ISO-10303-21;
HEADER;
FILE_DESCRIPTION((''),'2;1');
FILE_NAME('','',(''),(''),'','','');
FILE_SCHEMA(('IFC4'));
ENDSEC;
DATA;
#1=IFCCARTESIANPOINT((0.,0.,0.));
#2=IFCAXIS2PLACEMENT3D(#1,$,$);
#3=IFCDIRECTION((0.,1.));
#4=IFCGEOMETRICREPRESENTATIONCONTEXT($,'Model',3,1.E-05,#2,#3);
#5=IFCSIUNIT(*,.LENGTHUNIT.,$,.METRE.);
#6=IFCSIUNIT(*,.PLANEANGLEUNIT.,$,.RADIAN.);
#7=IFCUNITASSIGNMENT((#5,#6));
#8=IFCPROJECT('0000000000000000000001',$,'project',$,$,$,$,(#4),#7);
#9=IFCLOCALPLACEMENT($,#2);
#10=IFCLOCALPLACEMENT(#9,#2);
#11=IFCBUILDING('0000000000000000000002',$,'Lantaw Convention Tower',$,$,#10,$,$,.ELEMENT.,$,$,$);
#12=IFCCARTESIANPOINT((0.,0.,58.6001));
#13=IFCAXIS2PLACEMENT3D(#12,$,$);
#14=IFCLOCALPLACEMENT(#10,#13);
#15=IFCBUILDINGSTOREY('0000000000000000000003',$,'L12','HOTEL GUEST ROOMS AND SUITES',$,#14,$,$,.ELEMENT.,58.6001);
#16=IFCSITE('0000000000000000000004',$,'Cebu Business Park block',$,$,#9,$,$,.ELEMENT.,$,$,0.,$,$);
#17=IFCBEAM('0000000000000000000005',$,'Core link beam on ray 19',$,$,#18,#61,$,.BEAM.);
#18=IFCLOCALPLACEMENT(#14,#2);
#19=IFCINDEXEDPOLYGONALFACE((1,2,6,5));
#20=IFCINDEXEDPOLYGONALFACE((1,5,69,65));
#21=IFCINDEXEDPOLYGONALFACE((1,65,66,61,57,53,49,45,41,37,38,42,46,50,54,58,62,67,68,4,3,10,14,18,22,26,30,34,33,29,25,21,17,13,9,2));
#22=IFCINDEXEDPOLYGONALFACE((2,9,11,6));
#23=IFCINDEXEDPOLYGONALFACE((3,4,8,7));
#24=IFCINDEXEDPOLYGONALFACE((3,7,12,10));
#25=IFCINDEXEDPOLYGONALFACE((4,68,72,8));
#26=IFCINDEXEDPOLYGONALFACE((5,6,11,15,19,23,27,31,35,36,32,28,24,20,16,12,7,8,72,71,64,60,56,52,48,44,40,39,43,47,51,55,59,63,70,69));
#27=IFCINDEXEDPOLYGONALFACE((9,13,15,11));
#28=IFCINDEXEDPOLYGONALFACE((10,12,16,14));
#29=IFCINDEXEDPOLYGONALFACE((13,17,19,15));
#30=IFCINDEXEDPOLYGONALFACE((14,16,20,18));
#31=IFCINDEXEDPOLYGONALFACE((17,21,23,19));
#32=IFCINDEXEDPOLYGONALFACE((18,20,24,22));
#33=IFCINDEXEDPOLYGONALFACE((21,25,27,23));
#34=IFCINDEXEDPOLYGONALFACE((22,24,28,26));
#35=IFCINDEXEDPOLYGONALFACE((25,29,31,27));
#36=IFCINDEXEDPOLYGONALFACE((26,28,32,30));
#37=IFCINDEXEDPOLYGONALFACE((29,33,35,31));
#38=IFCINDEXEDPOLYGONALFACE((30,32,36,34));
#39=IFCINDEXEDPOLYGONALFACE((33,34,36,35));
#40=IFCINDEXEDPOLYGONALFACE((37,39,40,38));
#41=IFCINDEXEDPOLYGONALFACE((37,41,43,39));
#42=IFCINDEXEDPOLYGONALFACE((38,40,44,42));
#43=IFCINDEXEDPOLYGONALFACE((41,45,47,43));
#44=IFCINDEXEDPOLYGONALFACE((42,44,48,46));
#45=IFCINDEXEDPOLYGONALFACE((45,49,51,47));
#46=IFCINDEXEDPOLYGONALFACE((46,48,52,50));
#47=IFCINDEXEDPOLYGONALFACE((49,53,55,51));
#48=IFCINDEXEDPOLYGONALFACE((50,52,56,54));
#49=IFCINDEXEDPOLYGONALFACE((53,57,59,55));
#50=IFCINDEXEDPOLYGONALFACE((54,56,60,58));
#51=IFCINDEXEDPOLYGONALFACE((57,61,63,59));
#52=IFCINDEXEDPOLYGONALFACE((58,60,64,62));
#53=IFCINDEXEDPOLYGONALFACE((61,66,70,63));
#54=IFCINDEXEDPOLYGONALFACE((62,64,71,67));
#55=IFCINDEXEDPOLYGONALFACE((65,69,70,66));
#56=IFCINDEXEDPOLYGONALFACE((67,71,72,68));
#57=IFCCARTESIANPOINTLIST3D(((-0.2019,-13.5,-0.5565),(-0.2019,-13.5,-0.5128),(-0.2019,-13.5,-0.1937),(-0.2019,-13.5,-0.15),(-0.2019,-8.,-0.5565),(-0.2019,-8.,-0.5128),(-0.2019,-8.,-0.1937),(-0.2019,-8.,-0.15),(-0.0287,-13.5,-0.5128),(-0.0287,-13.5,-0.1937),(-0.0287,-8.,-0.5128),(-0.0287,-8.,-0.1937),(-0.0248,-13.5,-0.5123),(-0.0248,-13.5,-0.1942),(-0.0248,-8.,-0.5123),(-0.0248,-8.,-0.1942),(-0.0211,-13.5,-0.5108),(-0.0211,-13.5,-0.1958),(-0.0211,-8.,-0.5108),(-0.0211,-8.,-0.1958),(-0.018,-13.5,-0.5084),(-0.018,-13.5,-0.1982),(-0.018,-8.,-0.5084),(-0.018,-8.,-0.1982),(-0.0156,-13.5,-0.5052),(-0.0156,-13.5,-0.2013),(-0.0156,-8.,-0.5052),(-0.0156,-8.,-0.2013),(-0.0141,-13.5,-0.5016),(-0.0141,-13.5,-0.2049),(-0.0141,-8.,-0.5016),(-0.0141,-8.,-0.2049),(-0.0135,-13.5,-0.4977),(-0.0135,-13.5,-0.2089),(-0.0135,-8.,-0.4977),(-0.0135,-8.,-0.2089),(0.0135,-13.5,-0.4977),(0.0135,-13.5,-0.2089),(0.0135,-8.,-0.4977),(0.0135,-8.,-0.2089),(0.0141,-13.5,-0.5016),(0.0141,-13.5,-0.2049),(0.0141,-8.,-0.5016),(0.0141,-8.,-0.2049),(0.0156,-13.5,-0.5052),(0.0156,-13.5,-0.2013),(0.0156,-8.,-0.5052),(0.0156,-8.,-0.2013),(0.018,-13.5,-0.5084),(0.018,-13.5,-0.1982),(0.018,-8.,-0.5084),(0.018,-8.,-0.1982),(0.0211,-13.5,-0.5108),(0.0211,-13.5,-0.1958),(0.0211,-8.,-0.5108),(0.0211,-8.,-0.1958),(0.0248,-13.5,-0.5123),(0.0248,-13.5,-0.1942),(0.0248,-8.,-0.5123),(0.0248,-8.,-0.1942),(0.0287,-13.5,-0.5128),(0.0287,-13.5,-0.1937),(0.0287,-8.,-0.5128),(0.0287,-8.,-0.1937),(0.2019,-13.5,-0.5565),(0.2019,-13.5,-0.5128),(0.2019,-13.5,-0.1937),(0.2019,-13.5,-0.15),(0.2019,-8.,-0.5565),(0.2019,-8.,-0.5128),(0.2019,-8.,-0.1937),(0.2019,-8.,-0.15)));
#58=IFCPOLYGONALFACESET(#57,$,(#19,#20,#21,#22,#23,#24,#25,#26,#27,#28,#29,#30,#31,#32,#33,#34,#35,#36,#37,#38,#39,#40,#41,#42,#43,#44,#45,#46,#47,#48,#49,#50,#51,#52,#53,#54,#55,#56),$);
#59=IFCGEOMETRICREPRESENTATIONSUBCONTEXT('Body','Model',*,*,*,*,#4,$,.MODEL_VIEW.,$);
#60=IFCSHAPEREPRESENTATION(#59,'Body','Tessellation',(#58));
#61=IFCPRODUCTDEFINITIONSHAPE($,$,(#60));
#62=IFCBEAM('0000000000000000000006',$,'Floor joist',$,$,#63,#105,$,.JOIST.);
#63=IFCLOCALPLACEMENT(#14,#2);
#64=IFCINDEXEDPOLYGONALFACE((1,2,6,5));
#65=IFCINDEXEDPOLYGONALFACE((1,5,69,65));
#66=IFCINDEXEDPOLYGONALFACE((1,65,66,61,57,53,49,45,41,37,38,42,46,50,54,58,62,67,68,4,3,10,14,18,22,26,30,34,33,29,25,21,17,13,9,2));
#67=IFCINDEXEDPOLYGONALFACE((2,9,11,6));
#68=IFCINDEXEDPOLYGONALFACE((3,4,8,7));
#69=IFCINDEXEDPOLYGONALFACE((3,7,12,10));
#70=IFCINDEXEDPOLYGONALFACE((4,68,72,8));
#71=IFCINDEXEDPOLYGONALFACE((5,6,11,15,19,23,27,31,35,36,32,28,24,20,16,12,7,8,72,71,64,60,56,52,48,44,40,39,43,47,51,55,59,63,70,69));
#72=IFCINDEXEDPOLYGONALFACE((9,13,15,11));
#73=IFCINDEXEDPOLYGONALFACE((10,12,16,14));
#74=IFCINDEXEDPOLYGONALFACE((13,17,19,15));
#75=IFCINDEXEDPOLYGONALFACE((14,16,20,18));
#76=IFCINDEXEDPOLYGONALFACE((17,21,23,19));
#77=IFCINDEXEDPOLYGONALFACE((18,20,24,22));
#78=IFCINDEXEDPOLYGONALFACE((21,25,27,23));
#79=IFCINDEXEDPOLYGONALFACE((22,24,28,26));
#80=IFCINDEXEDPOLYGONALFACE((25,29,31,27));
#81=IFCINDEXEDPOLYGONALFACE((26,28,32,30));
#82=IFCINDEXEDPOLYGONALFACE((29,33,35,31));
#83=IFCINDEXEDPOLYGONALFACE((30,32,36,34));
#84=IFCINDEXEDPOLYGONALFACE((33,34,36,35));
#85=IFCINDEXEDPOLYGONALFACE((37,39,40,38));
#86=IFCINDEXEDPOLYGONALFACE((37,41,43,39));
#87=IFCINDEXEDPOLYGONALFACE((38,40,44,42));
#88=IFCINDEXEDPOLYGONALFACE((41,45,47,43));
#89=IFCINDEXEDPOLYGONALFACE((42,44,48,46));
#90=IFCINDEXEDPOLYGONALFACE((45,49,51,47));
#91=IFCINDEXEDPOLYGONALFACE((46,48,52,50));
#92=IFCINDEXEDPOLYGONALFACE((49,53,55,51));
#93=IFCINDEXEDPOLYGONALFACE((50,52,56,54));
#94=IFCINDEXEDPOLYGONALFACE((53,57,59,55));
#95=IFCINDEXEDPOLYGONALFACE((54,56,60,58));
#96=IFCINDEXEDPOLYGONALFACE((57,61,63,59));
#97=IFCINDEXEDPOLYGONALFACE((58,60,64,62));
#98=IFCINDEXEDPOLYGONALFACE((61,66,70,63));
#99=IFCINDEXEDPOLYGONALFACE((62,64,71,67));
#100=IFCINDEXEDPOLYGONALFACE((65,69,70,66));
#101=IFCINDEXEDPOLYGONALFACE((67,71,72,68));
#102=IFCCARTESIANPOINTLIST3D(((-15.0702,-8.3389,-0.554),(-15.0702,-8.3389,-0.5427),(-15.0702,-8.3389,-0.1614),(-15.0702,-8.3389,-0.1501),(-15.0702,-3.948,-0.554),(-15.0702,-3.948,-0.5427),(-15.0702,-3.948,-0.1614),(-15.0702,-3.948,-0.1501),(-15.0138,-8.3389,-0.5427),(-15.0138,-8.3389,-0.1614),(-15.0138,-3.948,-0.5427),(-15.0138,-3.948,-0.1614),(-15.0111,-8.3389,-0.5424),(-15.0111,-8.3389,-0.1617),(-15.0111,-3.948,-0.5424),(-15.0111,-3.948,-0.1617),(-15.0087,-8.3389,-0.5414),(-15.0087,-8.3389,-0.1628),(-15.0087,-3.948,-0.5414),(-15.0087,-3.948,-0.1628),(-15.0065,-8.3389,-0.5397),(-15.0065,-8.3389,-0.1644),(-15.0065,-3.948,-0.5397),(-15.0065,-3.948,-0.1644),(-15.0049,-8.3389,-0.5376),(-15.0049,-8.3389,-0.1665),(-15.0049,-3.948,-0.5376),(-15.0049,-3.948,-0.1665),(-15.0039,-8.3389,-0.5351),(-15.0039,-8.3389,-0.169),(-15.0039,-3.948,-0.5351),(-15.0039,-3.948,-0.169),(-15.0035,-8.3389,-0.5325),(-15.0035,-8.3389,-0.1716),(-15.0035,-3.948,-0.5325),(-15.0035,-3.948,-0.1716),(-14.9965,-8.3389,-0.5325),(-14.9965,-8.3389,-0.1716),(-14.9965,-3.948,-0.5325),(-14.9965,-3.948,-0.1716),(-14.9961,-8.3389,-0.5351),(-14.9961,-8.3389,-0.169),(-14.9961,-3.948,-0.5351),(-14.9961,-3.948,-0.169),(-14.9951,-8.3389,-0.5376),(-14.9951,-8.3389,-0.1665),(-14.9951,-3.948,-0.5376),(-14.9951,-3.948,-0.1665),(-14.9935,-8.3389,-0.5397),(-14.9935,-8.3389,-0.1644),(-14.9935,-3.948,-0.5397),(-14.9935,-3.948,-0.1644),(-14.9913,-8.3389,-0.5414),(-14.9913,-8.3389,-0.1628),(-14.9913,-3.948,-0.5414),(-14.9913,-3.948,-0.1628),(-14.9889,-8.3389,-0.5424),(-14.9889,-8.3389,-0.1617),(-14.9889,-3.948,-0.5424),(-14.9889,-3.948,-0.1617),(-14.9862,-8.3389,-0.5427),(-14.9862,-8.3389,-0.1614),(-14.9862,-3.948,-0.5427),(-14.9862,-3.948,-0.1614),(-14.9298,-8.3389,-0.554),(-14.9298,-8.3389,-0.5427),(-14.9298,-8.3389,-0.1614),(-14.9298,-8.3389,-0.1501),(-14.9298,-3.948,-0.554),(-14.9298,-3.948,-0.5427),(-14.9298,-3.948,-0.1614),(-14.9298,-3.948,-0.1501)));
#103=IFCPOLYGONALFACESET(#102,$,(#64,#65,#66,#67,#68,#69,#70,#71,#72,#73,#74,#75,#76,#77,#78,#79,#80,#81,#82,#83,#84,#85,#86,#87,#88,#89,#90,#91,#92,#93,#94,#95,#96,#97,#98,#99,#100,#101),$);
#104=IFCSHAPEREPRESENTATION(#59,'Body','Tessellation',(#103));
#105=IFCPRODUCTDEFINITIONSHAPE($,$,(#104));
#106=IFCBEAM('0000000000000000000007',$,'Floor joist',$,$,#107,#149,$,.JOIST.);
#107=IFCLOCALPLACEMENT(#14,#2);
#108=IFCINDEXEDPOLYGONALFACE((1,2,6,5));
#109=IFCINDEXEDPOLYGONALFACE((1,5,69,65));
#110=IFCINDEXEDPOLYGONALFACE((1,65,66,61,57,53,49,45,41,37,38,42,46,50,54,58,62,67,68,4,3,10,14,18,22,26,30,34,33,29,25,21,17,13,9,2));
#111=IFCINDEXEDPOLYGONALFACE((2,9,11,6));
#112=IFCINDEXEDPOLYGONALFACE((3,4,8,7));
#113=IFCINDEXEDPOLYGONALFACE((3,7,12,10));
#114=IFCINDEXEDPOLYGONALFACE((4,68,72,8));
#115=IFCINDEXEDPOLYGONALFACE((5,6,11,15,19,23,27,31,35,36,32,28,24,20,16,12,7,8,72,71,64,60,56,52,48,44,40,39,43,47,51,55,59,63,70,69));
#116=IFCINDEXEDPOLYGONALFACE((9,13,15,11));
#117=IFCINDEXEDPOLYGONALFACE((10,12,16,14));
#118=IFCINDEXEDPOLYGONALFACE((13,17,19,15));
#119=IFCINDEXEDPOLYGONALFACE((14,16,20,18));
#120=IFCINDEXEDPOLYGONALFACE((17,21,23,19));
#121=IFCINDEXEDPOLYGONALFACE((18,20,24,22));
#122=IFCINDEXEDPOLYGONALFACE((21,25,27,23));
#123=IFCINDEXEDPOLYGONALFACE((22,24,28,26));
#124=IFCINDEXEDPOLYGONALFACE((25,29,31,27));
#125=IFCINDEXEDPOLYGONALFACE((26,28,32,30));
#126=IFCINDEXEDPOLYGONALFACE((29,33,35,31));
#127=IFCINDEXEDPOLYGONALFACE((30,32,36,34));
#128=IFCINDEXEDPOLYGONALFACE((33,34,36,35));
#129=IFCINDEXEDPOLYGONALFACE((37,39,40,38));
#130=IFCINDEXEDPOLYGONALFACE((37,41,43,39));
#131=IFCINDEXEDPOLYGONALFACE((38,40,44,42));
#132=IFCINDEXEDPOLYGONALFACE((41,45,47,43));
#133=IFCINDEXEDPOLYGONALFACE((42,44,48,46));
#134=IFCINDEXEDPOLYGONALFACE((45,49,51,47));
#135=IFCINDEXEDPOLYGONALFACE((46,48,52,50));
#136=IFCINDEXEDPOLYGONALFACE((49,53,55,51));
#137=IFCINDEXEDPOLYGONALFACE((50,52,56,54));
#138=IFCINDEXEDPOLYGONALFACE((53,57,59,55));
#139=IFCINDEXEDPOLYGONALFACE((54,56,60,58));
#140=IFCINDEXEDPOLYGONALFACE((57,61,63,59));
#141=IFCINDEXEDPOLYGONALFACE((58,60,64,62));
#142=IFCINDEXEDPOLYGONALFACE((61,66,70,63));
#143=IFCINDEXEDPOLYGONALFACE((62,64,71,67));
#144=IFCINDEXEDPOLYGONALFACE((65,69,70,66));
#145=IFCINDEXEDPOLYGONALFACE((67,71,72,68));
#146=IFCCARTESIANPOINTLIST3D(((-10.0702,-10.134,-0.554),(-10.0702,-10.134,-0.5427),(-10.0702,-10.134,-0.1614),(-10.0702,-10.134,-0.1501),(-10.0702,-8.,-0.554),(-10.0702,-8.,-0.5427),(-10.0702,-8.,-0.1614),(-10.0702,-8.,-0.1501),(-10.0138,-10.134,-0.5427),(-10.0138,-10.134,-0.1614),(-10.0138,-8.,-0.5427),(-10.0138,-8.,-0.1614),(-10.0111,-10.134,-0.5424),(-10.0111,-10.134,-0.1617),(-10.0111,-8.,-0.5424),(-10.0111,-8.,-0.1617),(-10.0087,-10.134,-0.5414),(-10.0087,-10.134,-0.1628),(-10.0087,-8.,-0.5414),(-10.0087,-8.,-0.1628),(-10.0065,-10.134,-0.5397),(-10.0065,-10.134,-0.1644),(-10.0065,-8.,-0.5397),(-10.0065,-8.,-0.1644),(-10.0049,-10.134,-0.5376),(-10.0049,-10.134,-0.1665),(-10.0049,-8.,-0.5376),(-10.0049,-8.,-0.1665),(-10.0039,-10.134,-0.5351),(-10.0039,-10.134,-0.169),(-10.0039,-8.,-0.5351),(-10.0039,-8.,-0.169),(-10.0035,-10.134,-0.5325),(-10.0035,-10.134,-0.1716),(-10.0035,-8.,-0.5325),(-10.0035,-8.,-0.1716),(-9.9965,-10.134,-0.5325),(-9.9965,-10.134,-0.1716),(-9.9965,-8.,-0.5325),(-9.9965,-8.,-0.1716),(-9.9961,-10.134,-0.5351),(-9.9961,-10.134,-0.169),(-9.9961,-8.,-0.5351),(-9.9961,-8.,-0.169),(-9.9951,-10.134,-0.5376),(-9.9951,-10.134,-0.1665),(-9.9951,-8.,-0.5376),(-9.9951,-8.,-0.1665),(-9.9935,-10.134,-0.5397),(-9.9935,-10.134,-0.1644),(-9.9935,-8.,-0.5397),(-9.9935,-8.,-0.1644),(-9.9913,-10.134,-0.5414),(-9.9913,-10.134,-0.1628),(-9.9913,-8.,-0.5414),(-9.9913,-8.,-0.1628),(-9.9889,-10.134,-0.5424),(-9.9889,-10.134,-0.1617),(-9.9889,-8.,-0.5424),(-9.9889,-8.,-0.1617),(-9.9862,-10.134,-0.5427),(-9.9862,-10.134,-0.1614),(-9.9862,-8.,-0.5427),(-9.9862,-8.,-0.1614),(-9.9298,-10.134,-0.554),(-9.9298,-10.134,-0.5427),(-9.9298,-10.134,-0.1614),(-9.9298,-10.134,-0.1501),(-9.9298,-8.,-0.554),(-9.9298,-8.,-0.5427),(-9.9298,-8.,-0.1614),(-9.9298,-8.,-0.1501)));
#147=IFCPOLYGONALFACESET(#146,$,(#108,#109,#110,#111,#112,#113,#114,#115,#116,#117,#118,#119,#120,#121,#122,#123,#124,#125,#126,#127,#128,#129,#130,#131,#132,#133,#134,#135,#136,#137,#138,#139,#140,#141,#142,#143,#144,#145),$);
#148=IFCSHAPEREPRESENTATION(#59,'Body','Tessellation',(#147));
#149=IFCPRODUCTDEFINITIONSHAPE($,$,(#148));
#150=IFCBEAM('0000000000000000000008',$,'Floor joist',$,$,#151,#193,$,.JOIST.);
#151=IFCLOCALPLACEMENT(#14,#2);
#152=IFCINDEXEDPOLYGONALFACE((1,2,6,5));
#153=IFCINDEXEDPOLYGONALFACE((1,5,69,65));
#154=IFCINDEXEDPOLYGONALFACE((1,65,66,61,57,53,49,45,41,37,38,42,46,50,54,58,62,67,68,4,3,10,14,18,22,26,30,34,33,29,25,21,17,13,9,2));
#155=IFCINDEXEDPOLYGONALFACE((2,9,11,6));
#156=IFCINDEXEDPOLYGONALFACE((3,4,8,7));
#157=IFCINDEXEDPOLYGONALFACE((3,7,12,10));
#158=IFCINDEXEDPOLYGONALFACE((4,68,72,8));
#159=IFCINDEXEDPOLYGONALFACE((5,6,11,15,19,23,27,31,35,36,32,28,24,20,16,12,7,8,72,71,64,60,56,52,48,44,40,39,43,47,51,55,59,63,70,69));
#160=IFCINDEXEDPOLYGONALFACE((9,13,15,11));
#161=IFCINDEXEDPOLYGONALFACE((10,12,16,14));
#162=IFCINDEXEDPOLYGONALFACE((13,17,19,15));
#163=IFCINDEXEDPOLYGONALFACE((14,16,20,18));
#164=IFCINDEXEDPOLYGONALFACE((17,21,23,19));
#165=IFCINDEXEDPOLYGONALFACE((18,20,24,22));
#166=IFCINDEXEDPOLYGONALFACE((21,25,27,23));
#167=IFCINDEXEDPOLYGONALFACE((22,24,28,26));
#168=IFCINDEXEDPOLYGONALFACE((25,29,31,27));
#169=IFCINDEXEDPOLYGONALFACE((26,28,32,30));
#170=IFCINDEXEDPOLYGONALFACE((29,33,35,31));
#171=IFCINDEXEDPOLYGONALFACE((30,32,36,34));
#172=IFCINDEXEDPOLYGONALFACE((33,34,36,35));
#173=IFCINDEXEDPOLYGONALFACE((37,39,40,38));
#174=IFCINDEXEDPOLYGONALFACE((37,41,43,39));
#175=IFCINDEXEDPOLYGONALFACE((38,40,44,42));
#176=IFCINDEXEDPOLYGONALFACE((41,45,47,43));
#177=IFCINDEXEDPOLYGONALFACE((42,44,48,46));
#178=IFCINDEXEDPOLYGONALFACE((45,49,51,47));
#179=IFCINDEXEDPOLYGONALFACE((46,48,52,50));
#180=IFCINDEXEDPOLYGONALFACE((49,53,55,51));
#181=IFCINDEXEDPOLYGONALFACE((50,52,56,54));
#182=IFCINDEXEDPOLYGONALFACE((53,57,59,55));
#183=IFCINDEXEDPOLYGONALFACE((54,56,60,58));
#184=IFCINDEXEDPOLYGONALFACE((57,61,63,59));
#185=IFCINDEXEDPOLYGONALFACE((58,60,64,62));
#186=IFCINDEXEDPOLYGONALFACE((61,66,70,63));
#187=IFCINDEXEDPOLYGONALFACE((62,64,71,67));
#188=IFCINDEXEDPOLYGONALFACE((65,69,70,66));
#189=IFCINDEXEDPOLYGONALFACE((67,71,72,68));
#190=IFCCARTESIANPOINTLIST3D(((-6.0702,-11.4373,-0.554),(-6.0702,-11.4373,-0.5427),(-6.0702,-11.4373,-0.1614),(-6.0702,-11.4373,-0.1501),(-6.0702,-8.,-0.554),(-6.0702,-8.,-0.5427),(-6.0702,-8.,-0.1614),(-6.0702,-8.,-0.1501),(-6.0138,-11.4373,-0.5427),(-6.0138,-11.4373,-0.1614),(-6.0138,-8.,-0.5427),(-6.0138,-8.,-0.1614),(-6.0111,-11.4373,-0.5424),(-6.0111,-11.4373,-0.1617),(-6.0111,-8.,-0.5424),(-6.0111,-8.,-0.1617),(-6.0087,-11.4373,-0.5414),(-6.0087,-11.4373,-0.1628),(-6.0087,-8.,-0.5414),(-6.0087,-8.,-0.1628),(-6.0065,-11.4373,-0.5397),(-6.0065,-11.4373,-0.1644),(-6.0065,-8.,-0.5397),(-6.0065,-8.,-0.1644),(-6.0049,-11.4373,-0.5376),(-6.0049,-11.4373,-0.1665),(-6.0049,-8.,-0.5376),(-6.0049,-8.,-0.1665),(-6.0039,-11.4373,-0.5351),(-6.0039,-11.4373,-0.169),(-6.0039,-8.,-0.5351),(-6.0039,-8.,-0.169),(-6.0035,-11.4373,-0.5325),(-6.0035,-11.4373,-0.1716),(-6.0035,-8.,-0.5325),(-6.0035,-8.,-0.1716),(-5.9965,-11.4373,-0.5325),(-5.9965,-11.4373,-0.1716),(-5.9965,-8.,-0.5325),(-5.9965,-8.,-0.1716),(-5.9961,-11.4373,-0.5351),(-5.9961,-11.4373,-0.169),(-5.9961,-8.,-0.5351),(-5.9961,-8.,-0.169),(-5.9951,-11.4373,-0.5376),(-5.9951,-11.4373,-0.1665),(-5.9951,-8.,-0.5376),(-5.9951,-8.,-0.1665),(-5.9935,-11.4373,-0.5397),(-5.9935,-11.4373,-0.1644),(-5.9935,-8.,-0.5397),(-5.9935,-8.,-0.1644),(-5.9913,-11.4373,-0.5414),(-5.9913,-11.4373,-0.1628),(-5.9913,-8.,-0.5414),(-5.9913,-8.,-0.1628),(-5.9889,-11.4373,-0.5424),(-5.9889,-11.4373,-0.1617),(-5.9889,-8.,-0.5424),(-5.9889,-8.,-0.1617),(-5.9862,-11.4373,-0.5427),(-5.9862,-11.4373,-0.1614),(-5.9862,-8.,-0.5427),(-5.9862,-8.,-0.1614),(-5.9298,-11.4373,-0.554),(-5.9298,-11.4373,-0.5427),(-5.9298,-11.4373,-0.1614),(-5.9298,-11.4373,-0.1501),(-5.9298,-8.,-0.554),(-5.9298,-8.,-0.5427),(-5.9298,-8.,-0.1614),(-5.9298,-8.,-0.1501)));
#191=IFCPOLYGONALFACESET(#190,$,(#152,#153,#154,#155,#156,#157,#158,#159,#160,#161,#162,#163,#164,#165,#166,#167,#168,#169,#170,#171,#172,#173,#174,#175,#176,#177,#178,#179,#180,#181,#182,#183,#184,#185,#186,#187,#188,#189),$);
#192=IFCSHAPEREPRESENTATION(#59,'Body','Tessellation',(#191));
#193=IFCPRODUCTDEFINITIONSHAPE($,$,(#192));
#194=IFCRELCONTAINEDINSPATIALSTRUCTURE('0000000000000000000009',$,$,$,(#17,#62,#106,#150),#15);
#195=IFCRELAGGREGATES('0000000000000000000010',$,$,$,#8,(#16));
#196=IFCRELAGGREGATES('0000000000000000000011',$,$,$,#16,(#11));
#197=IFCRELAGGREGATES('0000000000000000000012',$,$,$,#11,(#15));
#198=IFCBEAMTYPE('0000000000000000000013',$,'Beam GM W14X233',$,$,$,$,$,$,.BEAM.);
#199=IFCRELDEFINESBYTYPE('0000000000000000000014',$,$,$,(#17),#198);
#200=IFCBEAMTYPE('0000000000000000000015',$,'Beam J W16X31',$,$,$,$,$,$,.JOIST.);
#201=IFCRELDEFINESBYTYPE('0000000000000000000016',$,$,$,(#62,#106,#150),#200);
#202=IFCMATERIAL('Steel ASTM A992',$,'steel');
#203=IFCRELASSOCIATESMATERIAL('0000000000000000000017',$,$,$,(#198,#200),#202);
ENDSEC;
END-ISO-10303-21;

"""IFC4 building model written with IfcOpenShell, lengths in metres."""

from ifc_helpers import new_model, si_unit, direction, frame, origin, origin_2d, place, context, subcontext, project, spatial, i_section, extrude, material, material_profile, profile_set, type_object, element, save


model = new_model("IFC4")

# Units and contexts
model_context = context("Model", 3, precision=1e-05, world=origin(), true_north=direction((0.0, 1.0)))
body_context = subcontext(model_context, "Body", "Model", "MODEL_VIEW")
ifc_project = project(units=[si_unit("LENGTHUNIT", "METRE"), si_unit("PLANEANGLEUNIT", "RADIAN")], contexts=[model_context])

# Site, building, storey
site_placement = place(None, origin())
site = spatial("IfcSite", under=ifc_project, at=site_placement, Name="Cebu Business Park block", CompositionType="ELEMENT", RefElevation=0.0)
building_placement = place(site_placement, origin())
building = spatial("IfcBuilding", under=site, at=building_placement, Name="Lantaw Convention Tower", CompositionType="ELEMENT")
storey_placement = place(building_placement, frame((0.0, 0.0, 58.6001)))
storey = spatial("IfcBuildingStorey", under=building, at=storey_placement, Name="L12", Description="HOTEL GUEST ROOMS AND SUITES", CompositionType="ELEMENT", Elevation=58.6001)

# Beams
ifc_material_1 = material(Name="Steel ASTM A992", Category="steel")
ifc_material_profile_1 = material_profile(ifc_material_1, i_section(OverallWidth=0.4038, OverallDepth=0.4065, WebThickness=0.0271, FlangeThickness=0.0437, FilletRadius=0.0151, at=origin_2d()), Name="W14X233")
ifc_profile_set_1 = profile_set([ifc_material_profile_1], Name="Steel ASTM A992")
beam_type_1 = type_object("IfcBeamType", Name="Beam GM W14X233", PredefinedType="BEAM", material=ifc_profile_set_1)
beam_1_placement = place(storey_placement, frame((0.0, -8.0, -0.3533), z_axis=(0.0, -1.0, 0.0), x_axis=(1.0, 0.0, 0.0)))
element("IfcBeam", 1, at=beam_1_placement, inside=storey, type_object=beam_type_1, Name="Core link beam on ray 19", PredefinedType="BEAM", context=body_context, shape_type="SweptSolid", body=[
    extrude(i_section(OverallWidth=0.4038, OverallDepth=0.4065, WebThickness=0.0271, FlangeThickness=0.0437, FilletRadius=0.0151, at=origin_2d()), origin(), (0.0, 0.0, 1.0), 5.5),
])
ifc_material_profile_2 = material_profile(ifc_material_1, i_section(OverallWidth=0.1404, OverallDepth=0.4038, WebThickness=0.0071, FlangeThickness=0.0112, FilletRadius=0.0103, at=origin_2d()), Name="W16X31")
ifc_profile_set_2 = profile_set([ifc_material_profile_2], Name="Steel ASTM A992")
beam_type_2 = type_object("IfcBeamType", Name="Beam J W16X31", PredefinedType="JOIST", material=ifc_profile_set_2)
beam_2_placement = place(storey_placement, frame((-15.0, -8.3389, -0.3521), z_axis=(0.0, 1.0, 0.0), x_axis=(-1.0, 0.0, 0.0)))
element("IfcBeam", 2, at=beam_2_placement, inside=storey, type_object=beam_type_2, Name="Floor joist", PredefinedType="JOIST", context=body_context, shape_type="SweptSolid", body=[
    extrude(i_section(OverallWidth=0.1404, OverallDepth=0.4038, WebThickness=0.0071, FlangeThickness=0.0112, FilletRadius=0.0103, at=origin_2d()), origin(), (0.0, 0.0, 1.0), 4.3909),
])
beam_3_placement = place(storey_placement, frame((-10.0, -10.134, -0.3521), z_axis=(0.0, 1.0, 0.0), x_axis=(-1.0, 0.0, 0.0)))
element("IfcBeam", 3, at=beam_3_placement, inside=storey, type_object=beam_type_2, Name="Floor joist", PredefinedType="JOIST", context=body_context, shape_type="SweptSolid", body=[
    extrude(i_section(OverallWidth=0.1404, OverallDepth=0.4038, WebThickness=0.0071, FlangeThickness=0.0112, FilletRadius=0.0103, at=origin_2d()), origin(), (0.0, 0.0, 1.0), 2.134),
])
beam_4_placement = place(storey_placement, frame((-6.0, -11.4373, -0.3521), z_axis=(0.0, 1.0, 0.0), x_axis=(-1.0, 0.0, 0.0)))
element("IfcBeam", 4, at=beam_4_placement, inside=storey, type_object=beam_type_2, Name="Floor joist", PredefinedType="JOIST", context=body_context, shape_type="SweptSolid", body=[
    extrude(i_section(OverallWidth=0.1404, OverallDepth=0.4038, WebThickness=0.0071, FlangeThickness=0.0112, FilletRadius=0.0103, at=origin_2d()), origin(), (0.0, 0.0, 1.0), 3.4373),
])

save(model, "model.ifc")
